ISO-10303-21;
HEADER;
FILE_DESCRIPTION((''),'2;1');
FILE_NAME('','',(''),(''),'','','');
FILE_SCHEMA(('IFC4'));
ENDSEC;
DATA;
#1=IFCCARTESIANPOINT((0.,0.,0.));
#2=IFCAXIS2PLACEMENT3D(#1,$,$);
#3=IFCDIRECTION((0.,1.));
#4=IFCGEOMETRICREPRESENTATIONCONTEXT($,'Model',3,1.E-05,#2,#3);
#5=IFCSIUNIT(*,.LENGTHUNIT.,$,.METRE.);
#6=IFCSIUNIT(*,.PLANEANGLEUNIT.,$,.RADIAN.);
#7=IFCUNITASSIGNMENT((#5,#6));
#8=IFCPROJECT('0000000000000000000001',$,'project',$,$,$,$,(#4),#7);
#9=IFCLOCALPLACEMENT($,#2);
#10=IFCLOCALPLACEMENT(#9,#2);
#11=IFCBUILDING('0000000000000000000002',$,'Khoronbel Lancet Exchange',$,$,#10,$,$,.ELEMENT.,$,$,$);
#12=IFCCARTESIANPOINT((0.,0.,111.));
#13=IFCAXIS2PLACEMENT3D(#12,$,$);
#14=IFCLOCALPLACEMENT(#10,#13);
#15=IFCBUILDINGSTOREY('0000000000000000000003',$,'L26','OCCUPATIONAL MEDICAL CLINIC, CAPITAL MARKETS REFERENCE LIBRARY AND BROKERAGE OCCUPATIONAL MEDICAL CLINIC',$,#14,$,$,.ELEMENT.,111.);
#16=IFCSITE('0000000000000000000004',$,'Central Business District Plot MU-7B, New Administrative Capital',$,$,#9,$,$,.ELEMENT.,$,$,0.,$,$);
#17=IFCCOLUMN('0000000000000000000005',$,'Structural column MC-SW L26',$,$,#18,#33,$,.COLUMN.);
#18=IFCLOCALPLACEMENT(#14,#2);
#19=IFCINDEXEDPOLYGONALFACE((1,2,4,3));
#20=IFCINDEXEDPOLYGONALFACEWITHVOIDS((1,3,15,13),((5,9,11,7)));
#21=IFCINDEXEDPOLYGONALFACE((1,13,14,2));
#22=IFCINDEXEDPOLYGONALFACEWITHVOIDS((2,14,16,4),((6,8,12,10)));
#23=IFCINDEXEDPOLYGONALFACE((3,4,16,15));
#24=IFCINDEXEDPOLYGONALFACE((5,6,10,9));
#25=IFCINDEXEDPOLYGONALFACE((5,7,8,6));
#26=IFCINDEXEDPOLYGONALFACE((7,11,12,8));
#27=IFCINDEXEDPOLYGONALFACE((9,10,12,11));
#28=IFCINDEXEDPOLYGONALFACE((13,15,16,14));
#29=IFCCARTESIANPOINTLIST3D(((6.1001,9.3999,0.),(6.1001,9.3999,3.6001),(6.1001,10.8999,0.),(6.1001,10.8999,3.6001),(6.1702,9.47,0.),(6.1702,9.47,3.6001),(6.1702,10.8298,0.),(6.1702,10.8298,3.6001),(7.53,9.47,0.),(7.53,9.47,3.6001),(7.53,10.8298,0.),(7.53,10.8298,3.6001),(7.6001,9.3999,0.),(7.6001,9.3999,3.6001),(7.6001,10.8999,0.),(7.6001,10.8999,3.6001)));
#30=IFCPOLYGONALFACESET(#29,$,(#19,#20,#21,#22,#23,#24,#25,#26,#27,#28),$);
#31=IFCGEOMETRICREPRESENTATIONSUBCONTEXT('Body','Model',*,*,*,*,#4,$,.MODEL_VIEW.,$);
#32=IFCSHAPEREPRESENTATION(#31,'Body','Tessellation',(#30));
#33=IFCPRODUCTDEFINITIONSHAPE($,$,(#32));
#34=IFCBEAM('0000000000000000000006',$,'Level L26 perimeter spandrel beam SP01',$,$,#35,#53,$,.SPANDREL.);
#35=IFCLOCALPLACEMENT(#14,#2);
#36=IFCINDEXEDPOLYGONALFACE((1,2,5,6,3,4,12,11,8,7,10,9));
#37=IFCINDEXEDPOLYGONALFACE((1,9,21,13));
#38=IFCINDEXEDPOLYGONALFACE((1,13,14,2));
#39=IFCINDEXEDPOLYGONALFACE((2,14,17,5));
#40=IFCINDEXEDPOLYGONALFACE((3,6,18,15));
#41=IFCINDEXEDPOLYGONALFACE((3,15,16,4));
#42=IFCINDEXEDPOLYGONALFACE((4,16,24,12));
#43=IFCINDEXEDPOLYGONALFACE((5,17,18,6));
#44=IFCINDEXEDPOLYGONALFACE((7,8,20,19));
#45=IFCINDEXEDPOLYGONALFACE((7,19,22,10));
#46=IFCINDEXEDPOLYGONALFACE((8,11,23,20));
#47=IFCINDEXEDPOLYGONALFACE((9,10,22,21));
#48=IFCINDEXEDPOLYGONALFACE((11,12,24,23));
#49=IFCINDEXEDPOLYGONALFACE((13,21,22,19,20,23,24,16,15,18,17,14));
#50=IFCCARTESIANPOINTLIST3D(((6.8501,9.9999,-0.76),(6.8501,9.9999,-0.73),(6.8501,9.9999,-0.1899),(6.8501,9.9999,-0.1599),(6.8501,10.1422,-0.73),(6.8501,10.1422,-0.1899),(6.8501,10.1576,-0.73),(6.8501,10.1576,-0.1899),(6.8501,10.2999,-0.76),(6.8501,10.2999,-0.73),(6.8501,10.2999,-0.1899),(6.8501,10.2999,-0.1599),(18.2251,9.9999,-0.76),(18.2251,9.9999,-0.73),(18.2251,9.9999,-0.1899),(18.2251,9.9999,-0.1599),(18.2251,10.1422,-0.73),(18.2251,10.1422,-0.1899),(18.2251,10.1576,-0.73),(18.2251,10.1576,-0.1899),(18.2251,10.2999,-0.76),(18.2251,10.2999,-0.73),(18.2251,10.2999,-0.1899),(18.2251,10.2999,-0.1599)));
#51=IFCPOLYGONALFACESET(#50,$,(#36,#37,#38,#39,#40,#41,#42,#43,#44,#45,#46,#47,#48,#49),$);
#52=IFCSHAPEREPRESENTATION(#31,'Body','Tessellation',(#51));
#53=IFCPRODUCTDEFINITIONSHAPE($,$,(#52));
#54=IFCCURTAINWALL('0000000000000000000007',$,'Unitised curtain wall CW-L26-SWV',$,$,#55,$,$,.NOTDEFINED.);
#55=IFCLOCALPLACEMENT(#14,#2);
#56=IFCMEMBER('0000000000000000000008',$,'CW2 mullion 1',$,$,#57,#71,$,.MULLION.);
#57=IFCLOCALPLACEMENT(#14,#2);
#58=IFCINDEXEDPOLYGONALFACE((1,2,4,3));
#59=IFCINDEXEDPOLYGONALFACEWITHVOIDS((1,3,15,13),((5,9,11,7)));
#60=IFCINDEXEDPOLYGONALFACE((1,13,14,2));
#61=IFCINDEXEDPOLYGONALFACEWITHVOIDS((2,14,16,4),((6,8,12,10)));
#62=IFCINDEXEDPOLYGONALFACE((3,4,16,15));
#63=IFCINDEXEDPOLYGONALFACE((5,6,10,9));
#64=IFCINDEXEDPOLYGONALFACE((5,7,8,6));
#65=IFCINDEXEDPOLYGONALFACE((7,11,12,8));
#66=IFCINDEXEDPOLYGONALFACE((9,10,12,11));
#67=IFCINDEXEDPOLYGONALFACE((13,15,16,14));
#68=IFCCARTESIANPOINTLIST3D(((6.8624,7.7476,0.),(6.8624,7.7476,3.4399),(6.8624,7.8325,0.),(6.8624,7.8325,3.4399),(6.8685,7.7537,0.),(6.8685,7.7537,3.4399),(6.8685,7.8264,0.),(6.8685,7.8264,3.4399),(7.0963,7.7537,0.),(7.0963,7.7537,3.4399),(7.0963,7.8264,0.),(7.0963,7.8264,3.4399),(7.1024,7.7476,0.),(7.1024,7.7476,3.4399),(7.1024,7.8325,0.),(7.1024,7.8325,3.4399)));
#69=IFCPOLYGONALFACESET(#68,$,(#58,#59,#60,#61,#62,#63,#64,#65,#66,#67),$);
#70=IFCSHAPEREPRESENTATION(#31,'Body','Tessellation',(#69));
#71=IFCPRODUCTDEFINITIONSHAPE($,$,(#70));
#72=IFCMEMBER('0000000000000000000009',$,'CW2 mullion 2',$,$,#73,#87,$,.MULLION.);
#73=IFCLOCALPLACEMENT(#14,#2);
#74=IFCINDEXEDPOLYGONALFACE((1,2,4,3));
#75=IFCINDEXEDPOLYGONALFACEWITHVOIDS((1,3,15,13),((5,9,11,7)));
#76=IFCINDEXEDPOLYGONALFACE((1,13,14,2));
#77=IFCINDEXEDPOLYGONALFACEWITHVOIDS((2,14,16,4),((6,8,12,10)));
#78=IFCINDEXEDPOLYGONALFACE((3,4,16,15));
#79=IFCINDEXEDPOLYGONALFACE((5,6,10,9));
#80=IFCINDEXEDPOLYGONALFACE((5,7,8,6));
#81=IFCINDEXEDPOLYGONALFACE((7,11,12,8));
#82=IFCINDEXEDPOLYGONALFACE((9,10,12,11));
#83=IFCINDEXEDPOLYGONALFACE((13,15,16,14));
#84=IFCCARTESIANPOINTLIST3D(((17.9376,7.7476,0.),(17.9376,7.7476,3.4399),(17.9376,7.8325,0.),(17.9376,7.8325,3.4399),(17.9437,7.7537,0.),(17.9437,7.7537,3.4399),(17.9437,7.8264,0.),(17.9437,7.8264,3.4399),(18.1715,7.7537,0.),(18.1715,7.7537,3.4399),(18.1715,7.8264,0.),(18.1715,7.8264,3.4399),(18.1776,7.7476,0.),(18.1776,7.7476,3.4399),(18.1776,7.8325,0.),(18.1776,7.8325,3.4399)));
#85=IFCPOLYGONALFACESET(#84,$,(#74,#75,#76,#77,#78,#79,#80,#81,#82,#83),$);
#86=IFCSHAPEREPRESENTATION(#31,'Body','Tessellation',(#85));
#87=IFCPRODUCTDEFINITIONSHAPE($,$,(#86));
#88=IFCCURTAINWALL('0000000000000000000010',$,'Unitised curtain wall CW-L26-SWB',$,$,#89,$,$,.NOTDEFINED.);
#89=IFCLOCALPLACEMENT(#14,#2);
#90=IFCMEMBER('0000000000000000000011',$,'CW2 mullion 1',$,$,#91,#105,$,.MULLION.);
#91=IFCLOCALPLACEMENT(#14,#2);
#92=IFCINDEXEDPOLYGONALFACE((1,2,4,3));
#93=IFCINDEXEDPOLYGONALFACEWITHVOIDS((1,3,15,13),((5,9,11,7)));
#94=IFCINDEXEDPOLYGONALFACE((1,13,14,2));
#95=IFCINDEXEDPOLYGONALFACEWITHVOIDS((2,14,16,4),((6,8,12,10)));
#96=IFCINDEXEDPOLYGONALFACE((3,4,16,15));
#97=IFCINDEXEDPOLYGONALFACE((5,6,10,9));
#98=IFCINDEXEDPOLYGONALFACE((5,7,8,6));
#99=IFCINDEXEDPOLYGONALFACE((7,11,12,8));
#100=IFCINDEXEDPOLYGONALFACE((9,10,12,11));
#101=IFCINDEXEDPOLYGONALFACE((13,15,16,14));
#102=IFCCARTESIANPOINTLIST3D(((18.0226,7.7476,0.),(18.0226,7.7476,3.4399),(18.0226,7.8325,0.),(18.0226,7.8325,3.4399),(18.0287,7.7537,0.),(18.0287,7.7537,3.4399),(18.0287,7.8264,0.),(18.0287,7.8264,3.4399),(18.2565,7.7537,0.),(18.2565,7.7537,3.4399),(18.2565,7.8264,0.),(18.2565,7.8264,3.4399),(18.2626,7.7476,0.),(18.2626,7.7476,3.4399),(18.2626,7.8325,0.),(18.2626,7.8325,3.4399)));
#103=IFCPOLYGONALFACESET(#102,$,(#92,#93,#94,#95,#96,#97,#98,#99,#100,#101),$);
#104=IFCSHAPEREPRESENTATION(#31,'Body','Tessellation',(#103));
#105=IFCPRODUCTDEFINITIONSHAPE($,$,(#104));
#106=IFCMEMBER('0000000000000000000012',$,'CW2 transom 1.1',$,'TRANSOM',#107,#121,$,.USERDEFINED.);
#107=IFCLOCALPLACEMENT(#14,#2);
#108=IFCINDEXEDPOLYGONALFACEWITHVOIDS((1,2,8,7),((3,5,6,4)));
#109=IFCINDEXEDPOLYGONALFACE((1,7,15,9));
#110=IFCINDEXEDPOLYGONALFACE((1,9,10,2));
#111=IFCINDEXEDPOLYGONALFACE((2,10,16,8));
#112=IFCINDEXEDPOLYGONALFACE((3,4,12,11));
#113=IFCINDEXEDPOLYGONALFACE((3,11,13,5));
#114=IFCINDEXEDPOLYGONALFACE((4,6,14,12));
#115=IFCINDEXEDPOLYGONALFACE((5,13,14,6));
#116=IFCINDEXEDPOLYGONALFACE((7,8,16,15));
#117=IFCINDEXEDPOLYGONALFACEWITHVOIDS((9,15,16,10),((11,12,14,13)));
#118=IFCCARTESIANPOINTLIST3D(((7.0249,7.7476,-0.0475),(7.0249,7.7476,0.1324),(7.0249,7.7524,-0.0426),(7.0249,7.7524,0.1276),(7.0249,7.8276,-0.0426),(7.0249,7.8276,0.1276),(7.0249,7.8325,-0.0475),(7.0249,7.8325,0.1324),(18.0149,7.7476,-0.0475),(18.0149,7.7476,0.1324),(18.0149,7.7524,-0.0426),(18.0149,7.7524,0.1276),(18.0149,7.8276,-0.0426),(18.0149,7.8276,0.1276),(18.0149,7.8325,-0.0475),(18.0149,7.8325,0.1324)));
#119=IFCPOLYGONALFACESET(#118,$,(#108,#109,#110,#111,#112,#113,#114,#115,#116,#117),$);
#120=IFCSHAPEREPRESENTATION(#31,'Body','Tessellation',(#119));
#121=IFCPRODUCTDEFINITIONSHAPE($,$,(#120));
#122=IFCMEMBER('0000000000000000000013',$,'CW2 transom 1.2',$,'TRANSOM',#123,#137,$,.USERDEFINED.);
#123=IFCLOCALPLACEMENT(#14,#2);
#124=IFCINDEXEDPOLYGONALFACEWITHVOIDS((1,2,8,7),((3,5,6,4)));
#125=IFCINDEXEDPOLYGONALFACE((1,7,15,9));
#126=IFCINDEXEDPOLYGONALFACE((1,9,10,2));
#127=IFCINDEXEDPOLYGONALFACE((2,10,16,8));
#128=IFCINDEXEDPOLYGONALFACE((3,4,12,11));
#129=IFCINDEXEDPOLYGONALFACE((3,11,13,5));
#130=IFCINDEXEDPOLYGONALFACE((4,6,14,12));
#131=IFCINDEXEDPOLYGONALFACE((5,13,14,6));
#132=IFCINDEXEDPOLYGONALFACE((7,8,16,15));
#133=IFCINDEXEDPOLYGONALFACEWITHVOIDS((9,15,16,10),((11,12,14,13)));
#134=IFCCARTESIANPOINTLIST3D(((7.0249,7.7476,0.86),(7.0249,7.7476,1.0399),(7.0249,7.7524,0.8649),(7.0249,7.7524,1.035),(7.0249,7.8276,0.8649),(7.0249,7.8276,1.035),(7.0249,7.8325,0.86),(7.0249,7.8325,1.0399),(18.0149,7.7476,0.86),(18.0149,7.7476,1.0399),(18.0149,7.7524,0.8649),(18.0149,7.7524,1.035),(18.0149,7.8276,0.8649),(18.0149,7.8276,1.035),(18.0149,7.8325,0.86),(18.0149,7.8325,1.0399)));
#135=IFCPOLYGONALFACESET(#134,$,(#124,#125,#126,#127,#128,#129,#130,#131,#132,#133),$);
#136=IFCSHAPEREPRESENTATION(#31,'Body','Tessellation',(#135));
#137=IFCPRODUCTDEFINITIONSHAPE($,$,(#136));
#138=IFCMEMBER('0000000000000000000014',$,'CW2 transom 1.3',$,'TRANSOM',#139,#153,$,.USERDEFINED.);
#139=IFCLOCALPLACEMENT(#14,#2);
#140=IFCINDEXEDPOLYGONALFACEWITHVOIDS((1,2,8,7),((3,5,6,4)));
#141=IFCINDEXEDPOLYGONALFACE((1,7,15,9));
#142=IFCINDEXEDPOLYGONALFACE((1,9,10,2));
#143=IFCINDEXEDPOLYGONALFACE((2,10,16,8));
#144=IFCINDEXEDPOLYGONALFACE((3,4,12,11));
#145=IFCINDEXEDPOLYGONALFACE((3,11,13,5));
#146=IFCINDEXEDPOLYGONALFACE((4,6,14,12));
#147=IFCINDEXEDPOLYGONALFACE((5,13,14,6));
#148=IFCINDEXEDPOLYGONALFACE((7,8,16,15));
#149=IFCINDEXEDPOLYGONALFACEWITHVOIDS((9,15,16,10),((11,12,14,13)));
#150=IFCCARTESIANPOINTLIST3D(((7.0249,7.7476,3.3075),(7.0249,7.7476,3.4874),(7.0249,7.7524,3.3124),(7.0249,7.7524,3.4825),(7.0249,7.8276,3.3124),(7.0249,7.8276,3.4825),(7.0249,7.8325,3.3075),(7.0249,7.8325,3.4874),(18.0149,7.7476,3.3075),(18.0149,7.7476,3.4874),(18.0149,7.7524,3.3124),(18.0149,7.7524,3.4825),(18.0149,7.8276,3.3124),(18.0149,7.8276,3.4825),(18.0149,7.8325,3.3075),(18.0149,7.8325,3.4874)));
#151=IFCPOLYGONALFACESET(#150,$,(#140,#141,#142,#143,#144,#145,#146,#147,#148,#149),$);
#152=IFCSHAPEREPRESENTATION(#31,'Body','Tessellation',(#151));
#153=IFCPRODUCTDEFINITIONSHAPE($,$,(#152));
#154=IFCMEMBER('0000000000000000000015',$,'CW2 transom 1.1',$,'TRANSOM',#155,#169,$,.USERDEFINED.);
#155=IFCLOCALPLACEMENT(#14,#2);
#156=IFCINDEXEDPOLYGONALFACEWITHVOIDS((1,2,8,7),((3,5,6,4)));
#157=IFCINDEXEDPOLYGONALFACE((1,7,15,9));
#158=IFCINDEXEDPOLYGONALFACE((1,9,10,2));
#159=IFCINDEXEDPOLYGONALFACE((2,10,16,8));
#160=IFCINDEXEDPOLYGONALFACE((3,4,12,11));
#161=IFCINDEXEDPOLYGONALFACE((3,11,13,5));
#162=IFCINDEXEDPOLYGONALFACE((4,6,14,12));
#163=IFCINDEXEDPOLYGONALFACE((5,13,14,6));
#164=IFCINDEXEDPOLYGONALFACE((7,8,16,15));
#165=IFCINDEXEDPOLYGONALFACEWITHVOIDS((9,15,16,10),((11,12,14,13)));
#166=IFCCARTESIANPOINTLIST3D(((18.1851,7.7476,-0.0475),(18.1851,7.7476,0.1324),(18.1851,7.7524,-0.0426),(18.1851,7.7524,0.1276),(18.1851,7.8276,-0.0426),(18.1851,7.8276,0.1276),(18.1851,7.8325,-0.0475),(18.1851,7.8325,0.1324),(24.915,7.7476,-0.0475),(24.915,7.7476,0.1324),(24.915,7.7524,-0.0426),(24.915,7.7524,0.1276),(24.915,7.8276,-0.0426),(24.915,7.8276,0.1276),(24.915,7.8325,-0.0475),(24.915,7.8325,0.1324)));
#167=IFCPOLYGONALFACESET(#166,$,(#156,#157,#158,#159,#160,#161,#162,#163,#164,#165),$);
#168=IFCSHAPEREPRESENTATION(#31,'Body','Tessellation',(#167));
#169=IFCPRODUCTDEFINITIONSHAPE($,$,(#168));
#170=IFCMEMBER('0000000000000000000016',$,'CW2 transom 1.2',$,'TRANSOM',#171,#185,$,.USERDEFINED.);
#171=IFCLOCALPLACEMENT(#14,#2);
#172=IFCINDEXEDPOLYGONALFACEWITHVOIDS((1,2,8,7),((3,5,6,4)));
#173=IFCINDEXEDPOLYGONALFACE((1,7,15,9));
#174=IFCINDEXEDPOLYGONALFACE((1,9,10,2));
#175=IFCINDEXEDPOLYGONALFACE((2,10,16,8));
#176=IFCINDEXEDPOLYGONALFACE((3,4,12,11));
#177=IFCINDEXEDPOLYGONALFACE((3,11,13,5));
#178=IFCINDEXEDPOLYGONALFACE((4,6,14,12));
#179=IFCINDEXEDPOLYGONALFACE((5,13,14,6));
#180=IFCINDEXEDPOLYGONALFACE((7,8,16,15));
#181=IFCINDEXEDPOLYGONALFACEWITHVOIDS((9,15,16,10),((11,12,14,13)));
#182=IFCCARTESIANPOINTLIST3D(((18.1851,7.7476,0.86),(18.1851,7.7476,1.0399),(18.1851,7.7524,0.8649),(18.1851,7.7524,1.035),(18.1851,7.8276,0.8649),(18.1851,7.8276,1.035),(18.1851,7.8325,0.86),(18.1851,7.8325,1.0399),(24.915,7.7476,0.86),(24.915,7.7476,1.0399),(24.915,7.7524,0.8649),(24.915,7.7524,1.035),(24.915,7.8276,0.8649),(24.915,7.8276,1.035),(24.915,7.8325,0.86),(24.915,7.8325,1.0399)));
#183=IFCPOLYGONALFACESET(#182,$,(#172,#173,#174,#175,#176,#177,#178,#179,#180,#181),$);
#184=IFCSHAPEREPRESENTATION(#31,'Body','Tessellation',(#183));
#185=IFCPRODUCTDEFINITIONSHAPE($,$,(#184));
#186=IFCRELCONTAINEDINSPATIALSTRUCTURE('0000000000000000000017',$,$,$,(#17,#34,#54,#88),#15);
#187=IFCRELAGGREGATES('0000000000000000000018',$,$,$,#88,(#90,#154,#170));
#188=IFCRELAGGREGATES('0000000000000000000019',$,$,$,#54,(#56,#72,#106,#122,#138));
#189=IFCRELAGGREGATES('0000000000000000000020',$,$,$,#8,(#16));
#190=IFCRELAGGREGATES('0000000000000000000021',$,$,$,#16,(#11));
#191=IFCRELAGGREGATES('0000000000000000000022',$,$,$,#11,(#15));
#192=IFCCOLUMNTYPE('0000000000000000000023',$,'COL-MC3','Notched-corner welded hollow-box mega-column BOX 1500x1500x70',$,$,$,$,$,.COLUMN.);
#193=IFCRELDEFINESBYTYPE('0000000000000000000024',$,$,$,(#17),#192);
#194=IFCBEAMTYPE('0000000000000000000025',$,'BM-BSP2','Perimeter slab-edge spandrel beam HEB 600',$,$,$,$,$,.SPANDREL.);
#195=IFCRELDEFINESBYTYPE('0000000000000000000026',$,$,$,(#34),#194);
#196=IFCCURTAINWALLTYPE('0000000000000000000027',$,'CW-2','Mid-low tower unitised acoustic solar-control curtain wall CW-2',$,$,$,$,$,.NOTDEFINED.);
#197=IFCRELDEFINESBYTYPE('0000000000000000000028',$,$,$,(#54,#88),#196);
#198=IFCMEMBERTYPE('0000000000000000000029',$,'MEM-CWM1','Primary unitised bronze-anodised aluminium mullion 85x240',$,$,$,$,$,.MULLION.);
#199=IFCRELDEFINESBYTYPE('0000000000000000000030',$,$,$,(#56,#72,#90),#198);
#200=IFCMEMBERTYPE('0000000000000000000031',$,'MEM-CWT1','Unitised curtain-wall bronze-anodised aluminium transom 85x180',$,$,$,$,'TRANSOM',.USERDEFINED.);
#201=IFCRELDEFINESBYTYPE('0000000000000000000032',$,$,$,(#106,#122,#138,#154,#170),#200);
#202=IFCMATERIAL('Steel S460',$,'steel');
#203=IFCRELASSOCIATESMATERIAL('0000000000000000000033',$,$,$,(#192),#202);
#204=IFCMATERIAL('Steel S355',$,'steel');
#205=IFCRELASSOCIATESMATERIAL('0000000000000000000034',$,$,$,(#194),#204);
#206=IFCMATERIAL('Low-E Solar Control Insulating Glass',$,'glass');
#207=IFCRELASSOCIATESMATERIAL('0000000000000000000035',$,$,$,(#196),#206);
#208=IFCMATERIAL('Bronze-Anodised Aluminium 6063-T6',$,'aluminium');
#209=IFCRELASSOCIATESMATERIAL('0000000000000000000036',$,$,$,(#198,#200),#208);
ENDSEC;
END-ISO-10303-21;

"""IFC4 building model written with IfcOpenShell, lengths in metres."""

from ifc_helpers import new_model, si_unit, direction, frame, origin, origin_2d, place, context, subcontext, project, spatial, hollow_rectangle, i_section, extrude, material, material_profile, profile_set, type_object, element, aggregate, save


model = new_model("IFC4")

# Units and contexts
model_context = context("Model", 3, precision=1e-05, world=origin(), true_north=direction((0.0, 1.0)))
body_context = subcontext(model_context, "Body", "Model", "MODEL_VIEW")
ifc_project = project(units=[si_unit("LENGTHUNIT", "METRE"), si_unit("PLANEANGLEUNIT", "RADIAN")], contexts=[model_context])

# Site, building, storey
site_placement = place(None, origin())
site = spatial("IfcSite", under=ifc_project, at=site_placement, Name="Central Business District Plot MU-7B, New Administrative Capital", CompositionType="ELEMENT", RefElevation=0.0)
building_placement = place(site_placement, origin())
building = spatial("IfcBuilding", under=site, at=building_placement, Name="Khoronbel Lancet Exchange", CompositionType="ELEMENT")
storey_placement = place(building_placement, frame((0.0, 0.0, 111.0)))
storey = spatial("IfcBuildingStorey", under=building, at=storey_placement, Name="L26", Description="OCCUPATIONAL MEDICAL CLINIC, CAPITAL MARKETS REFERENCE LIBRARY AND BROKERAGE OCCUPATIONAL MEDICAL CLINIC", CompositionType="ELEMENT", Elevation=111.0)

# Column
ifc_material_1 = material(Name="Steel S460", Category="steel")
ifc_material_profile_1 = material_profile(ifc_material_1, hollow_rectangle(XDim=1.5, YDim=1.5, WallThickness=0.0701, at=origin_2d()), Name="BOX 1500x1500x70")
ifc_profile_set_1 = profile_set([ifc_material_profile_1], Name="Steel S460")
column_type = type_object("IfcColumnType", Name="COL-MC3", Description="Notched-corner welded hollow-box mega-column BOX 1500x1500x70", PredefinedType="COLUMN", material=ifc_profile_set_1)
column_placement = place(storey_placement, frame((6.8501, 10.1499, 0.0), z_axis=(0.0, 0.0, 1.0), x_axis=(1.0, 0.0, 0.0)))
element("IfcColumn", 1, at=column_placement, inside=storey, type_object=column_type, Name="Structural column MC-SW L26", PredefinedType="COLUMN", context=body_context, shape_type="SweptSolid", body=[
    extrude(hollow_rectangle(XDim=1.5, YDim=1.5, WallThickness=0.0701, at=origin_2d()), origin(), (0.0, 0.0, 1.0), 3.6001),
])

# Beam
ifc_material_2 = material(Name="Steel S355", Category="steel")
ifc_material_profile_2 = material_profile(ifc_material_2, i_section(OverallWidth=0.3, OverallDepth=0.6001, WebThickness=0.0154, FlangeThickness=0.03, at=origin_2d()), Name="HEB 600")
ifc_profile_set_2 = profile_set([ifc_material_profile_2], Name="Steel S355")
beam_type = type_object("IfcBeamType", Name="BM-BSP2", Description="Perimeter slab-edge spandrel beam HEB 600", PredefinedType="SPANDREL", material=ifc_profile_set_2)
beam_placement = place(storey_placement, frame((6.8501, 10.1499, -0.46), z_axis=(1.0, 0.0, 0.0), x_axis=(0.0, 1.0, 0.0)))
element("IfcBeam", 2, at=beam_placement, inside=storey, type_object=beam_type, Name="Level L26 perimeter spandrel beam SP01", PredefinedType="SPANDREL", context=body_context, shape_type="SweptSolid", body=[
    extrude(i_section(OverallWidth=0.3, OverallDepth=0.6001, WebThickness=0.0154, FlangeThickness=0.03, at=origin_2d()), origin(), (0.0, 0.0, 1.0), 11.375),
])

# Curtain wall, members
ifc_material_3 = material(Name="Low-E Solar Control Insulating Glass", Category="glass")
curtain_wall_type = type_object("IfcCurtainWallType", Name="CW-2", Description="Mid-low tower unitised acoustic solar-control curtain wall CW-2", PredefinedType="NOTDEFINED", material=ifc_material_3)
curtain_wall_1_placement = place(storey_placement, origin())
curtain_wall_1 = element("IfcCurtainWall", 3, at=curtain_wall_1_placement, inside=storey, type_object=curtain_wall_type, Name="Unitised curtain wall CW-L26-SWV", PredefinedType="NOTDEFINED")
ifc_material_4 = material(Name="Bronze-Anodised Aluminium 6063-T6", Category="aluminium")
ifc_material_profile_3 = material_profile(ifc_material_4, hollow_rectangle(XDim=0.085, YDim=0.24, WallThickness=0.0061, at=origin_2d()), Name="ALU MULLION 85x240")
ifc_profile_set_3 = profile_set([ifc_material_profile_3], Name="Bronze-Anodised Aluminium 6063-T6")
member_type_1 = type_object("IfcMemberType", Name="MEM-CWM1", Description="Primary unitised bronze-anodised aluminium mullion 85x240", PredefinedType="MULLION", material=ifc_profile_set_3)
member_1_placement = place(storey_placement, frame((6.9824, 7.79, 0.0), z_axis=(0.0, 0.0, 1.0), x_axis=(0.0, 1.0, 0.0)))
member_1 = element("IfcMember", 4, at=member_1_placement, type_object=member_type_1, Name="CW2 mullion 1", PredefinedType="MULLION", context=body_context, shape_type="SweptSolid", body=[
    extrude(hollow_rectangle(XDim=0.085, YDim=0.24, WallThickness=0.0061, at=origin_2d()), origin(), (0.0, 0.0, 1.0), 3.4399),
])
member_2_placement = place(storey_placement, frame((18.0576, 7.79, 0.0), z_axis=(0.0, 0.0, 1.0), x_axis=(0.0, 1.0, 0.0)))
member_2 = element("IfcMember", 5, at=member_2_placement, type_object=member_type_1, Name="CW2 mullion 2", PredefinedType="MULLION", context=body_context, shape_type="SweptSolid", body=[
    extrude(hollow_rectangle(XDim=0.085, YDim=0.24, WallThickness=0.0061, at=origin_2d()), origin(), (0.0, 0.0, 1.0), 3.4399),
])

# Curtain wall, member
curtain_wall_2_placement = place(storey_placement, origin())
curtain_wall_2 = element("IfcCurtainWall", 6, at=curtain_wall_2_placement, inside=storey, type_object=curtain_wall_type, Name="Unitised curtain wall CW-L26-SWB", PredefinedType="NOTDEFINED")
member_3_placement = place(storey_placement, frame((18.1426, 7.79, 0.0), z_axis=(0.0, 0.0, 1.0), x_axis=(0.0, 1.0, 0.0)))
member_3 = element("IfcMember", 7, at=member_3_placement, type_object=member_type_1, Name="CW2 mullion 1", PredefinedType="MULLION", context=body_context, shape_type="SweptSolid", body=[
    extrude(hollow_rectangle(XDim=0.085, YDim=0.24, WallThickness=0.0061, at=origin_2d()), origin(), (0.0, 0.0, 1.0), 3.4399),
])

# Members
ifc_material_profile_4 = material_profile(ifc_material_4, hollow_rectangle(XDim=0.085, YDim=0.1799, WallThickness=0.0049, at=origin_2d()), Name="ALU TRANSOM 85x180")
ifc_profile_set_4 = profile_set([ifc_material_profile_4], Name="Bronze-Anodised Aluminium 6063-T6")
member_type_2 = type_object("IfcMemberType", Name="MEM-CWT1", Description="Unitised curtain-wall bronze-anodised aluminium transom 85x180", ElementType="TRANSOM", PredefinedType="USERDEFINED", material=ifc_profile_set_4)
member_4_placement = place(storey_placement, frame((7.0249, 7.79, 0.0425), z_axis=(1.0, 0.0, 0.0), x_axis=(0.0, 1.0, 0.0)))
member_4 = element("IfcMember", 8, at=member_4_placement, type_object=member_type_2, Name="CW2 transom 1.1", ObjectType="TRANSOM", PredefinedType="USERDEFINED", context=body_context, shape_type="SweptSolid", body=[
    extrude(hollow_rectangle(XDim=0.085, YDim=0.1799, WallThickness=0.0049, at=origin_2d()), origin(), (0.0, 0.0, 1.0), 10.99),
])
member_5_placement = place(storey_placement, frame((7.0249, 7.79, 0.95), z_axis=(1.0, 0.0, 0.0), x_axis=(0.0, 1.0, 0.0)))
member_5 = element("IfcMember", 9, at=member_5_placement, type_object=member_type_2, Name="CW2 transom 1.2", ObjectType="TRANSOM", PredefinedType="USERDEFINED", context=body_context, shape_type="SweptSolid", body=[
    extrude(hollow_rectangle(XDim=0.085, YDim=0.1799, WallThickness=0.0049, at=origin_2d()), origin(), (0.0, 0.0, 1.0), 10.99),
])
member_6_placement = place(storey_placement, frame((7.0249, 7.79, 3.3975), z_axis=(1.0, 0.0, 0.0), x_axis=(0.0, 1.0, 0.0)))
member_6 = element("IfcMember", 10, at=member_6_placement, type_object=member_type_2, Name="CW2 transom 1.3", ObjectType="TRANSOM", PredefinedType="USERDEFINED", context=body_context, shape_type="SweptSolid", body=[
    extrude(hollow_rectangle(XDim=0.085, YDim=0.1799, WallThickness=0.0049, at=origin_2d()), origin(), (0.0, 0.0, 1.0), 10.99),
])
member_7_placement = place(storey_placement, frame((18.1851, 7.79, 0.0425), z_axis=(1.0, 0.0, 0.0), x_axis=(0.0, 1.0, 0.0)))
member_7 = element("IfcMember", 11, at=member_7_placement, type_object=member_type_2, Name="CW2 transom 1.1", ObjectType="TRANSOM", PredefinedType="USERDEFINED", context=body_context, shape_type="SweptSolid", body=[
    extrude(hollow_rectangle(XDim=0.085, YDim=0.1799, WallThickness=0.0049, at=origin_2d()), origin(), (0.0, 0.0, 1.0), 6.73),
])
member_8_placement = place(storey_placement, frame((18.1851, 7.79, 0.95), z_axis=(1.0, 0.0, 0.0), x_axis=(0.0, 1.0, 0.0)))
member_8 = element("IfcMember", 12, at=member_8_placement, type_object=member_type_2, Name="CW2 transom 1.2", ObjectType="TRANSOM", PredefinedType="USERDEFINED", context=body_context, shape_type="SweptSolid", body=[
    extrude(hollow_rectangle(XDim=0.085, YDim=0.1799, WallThickness=0.0049, at=origin_2d()), origin(), (0.0, 0.0, 1.0), 6.73),
])
aggregate(curtain_wall_2, [member_3, member_7, member_8])

aggregate(curtain_wall_1, [member_1, member_2, member_4, member_5, member_6])

save(model, "model.ifc")
